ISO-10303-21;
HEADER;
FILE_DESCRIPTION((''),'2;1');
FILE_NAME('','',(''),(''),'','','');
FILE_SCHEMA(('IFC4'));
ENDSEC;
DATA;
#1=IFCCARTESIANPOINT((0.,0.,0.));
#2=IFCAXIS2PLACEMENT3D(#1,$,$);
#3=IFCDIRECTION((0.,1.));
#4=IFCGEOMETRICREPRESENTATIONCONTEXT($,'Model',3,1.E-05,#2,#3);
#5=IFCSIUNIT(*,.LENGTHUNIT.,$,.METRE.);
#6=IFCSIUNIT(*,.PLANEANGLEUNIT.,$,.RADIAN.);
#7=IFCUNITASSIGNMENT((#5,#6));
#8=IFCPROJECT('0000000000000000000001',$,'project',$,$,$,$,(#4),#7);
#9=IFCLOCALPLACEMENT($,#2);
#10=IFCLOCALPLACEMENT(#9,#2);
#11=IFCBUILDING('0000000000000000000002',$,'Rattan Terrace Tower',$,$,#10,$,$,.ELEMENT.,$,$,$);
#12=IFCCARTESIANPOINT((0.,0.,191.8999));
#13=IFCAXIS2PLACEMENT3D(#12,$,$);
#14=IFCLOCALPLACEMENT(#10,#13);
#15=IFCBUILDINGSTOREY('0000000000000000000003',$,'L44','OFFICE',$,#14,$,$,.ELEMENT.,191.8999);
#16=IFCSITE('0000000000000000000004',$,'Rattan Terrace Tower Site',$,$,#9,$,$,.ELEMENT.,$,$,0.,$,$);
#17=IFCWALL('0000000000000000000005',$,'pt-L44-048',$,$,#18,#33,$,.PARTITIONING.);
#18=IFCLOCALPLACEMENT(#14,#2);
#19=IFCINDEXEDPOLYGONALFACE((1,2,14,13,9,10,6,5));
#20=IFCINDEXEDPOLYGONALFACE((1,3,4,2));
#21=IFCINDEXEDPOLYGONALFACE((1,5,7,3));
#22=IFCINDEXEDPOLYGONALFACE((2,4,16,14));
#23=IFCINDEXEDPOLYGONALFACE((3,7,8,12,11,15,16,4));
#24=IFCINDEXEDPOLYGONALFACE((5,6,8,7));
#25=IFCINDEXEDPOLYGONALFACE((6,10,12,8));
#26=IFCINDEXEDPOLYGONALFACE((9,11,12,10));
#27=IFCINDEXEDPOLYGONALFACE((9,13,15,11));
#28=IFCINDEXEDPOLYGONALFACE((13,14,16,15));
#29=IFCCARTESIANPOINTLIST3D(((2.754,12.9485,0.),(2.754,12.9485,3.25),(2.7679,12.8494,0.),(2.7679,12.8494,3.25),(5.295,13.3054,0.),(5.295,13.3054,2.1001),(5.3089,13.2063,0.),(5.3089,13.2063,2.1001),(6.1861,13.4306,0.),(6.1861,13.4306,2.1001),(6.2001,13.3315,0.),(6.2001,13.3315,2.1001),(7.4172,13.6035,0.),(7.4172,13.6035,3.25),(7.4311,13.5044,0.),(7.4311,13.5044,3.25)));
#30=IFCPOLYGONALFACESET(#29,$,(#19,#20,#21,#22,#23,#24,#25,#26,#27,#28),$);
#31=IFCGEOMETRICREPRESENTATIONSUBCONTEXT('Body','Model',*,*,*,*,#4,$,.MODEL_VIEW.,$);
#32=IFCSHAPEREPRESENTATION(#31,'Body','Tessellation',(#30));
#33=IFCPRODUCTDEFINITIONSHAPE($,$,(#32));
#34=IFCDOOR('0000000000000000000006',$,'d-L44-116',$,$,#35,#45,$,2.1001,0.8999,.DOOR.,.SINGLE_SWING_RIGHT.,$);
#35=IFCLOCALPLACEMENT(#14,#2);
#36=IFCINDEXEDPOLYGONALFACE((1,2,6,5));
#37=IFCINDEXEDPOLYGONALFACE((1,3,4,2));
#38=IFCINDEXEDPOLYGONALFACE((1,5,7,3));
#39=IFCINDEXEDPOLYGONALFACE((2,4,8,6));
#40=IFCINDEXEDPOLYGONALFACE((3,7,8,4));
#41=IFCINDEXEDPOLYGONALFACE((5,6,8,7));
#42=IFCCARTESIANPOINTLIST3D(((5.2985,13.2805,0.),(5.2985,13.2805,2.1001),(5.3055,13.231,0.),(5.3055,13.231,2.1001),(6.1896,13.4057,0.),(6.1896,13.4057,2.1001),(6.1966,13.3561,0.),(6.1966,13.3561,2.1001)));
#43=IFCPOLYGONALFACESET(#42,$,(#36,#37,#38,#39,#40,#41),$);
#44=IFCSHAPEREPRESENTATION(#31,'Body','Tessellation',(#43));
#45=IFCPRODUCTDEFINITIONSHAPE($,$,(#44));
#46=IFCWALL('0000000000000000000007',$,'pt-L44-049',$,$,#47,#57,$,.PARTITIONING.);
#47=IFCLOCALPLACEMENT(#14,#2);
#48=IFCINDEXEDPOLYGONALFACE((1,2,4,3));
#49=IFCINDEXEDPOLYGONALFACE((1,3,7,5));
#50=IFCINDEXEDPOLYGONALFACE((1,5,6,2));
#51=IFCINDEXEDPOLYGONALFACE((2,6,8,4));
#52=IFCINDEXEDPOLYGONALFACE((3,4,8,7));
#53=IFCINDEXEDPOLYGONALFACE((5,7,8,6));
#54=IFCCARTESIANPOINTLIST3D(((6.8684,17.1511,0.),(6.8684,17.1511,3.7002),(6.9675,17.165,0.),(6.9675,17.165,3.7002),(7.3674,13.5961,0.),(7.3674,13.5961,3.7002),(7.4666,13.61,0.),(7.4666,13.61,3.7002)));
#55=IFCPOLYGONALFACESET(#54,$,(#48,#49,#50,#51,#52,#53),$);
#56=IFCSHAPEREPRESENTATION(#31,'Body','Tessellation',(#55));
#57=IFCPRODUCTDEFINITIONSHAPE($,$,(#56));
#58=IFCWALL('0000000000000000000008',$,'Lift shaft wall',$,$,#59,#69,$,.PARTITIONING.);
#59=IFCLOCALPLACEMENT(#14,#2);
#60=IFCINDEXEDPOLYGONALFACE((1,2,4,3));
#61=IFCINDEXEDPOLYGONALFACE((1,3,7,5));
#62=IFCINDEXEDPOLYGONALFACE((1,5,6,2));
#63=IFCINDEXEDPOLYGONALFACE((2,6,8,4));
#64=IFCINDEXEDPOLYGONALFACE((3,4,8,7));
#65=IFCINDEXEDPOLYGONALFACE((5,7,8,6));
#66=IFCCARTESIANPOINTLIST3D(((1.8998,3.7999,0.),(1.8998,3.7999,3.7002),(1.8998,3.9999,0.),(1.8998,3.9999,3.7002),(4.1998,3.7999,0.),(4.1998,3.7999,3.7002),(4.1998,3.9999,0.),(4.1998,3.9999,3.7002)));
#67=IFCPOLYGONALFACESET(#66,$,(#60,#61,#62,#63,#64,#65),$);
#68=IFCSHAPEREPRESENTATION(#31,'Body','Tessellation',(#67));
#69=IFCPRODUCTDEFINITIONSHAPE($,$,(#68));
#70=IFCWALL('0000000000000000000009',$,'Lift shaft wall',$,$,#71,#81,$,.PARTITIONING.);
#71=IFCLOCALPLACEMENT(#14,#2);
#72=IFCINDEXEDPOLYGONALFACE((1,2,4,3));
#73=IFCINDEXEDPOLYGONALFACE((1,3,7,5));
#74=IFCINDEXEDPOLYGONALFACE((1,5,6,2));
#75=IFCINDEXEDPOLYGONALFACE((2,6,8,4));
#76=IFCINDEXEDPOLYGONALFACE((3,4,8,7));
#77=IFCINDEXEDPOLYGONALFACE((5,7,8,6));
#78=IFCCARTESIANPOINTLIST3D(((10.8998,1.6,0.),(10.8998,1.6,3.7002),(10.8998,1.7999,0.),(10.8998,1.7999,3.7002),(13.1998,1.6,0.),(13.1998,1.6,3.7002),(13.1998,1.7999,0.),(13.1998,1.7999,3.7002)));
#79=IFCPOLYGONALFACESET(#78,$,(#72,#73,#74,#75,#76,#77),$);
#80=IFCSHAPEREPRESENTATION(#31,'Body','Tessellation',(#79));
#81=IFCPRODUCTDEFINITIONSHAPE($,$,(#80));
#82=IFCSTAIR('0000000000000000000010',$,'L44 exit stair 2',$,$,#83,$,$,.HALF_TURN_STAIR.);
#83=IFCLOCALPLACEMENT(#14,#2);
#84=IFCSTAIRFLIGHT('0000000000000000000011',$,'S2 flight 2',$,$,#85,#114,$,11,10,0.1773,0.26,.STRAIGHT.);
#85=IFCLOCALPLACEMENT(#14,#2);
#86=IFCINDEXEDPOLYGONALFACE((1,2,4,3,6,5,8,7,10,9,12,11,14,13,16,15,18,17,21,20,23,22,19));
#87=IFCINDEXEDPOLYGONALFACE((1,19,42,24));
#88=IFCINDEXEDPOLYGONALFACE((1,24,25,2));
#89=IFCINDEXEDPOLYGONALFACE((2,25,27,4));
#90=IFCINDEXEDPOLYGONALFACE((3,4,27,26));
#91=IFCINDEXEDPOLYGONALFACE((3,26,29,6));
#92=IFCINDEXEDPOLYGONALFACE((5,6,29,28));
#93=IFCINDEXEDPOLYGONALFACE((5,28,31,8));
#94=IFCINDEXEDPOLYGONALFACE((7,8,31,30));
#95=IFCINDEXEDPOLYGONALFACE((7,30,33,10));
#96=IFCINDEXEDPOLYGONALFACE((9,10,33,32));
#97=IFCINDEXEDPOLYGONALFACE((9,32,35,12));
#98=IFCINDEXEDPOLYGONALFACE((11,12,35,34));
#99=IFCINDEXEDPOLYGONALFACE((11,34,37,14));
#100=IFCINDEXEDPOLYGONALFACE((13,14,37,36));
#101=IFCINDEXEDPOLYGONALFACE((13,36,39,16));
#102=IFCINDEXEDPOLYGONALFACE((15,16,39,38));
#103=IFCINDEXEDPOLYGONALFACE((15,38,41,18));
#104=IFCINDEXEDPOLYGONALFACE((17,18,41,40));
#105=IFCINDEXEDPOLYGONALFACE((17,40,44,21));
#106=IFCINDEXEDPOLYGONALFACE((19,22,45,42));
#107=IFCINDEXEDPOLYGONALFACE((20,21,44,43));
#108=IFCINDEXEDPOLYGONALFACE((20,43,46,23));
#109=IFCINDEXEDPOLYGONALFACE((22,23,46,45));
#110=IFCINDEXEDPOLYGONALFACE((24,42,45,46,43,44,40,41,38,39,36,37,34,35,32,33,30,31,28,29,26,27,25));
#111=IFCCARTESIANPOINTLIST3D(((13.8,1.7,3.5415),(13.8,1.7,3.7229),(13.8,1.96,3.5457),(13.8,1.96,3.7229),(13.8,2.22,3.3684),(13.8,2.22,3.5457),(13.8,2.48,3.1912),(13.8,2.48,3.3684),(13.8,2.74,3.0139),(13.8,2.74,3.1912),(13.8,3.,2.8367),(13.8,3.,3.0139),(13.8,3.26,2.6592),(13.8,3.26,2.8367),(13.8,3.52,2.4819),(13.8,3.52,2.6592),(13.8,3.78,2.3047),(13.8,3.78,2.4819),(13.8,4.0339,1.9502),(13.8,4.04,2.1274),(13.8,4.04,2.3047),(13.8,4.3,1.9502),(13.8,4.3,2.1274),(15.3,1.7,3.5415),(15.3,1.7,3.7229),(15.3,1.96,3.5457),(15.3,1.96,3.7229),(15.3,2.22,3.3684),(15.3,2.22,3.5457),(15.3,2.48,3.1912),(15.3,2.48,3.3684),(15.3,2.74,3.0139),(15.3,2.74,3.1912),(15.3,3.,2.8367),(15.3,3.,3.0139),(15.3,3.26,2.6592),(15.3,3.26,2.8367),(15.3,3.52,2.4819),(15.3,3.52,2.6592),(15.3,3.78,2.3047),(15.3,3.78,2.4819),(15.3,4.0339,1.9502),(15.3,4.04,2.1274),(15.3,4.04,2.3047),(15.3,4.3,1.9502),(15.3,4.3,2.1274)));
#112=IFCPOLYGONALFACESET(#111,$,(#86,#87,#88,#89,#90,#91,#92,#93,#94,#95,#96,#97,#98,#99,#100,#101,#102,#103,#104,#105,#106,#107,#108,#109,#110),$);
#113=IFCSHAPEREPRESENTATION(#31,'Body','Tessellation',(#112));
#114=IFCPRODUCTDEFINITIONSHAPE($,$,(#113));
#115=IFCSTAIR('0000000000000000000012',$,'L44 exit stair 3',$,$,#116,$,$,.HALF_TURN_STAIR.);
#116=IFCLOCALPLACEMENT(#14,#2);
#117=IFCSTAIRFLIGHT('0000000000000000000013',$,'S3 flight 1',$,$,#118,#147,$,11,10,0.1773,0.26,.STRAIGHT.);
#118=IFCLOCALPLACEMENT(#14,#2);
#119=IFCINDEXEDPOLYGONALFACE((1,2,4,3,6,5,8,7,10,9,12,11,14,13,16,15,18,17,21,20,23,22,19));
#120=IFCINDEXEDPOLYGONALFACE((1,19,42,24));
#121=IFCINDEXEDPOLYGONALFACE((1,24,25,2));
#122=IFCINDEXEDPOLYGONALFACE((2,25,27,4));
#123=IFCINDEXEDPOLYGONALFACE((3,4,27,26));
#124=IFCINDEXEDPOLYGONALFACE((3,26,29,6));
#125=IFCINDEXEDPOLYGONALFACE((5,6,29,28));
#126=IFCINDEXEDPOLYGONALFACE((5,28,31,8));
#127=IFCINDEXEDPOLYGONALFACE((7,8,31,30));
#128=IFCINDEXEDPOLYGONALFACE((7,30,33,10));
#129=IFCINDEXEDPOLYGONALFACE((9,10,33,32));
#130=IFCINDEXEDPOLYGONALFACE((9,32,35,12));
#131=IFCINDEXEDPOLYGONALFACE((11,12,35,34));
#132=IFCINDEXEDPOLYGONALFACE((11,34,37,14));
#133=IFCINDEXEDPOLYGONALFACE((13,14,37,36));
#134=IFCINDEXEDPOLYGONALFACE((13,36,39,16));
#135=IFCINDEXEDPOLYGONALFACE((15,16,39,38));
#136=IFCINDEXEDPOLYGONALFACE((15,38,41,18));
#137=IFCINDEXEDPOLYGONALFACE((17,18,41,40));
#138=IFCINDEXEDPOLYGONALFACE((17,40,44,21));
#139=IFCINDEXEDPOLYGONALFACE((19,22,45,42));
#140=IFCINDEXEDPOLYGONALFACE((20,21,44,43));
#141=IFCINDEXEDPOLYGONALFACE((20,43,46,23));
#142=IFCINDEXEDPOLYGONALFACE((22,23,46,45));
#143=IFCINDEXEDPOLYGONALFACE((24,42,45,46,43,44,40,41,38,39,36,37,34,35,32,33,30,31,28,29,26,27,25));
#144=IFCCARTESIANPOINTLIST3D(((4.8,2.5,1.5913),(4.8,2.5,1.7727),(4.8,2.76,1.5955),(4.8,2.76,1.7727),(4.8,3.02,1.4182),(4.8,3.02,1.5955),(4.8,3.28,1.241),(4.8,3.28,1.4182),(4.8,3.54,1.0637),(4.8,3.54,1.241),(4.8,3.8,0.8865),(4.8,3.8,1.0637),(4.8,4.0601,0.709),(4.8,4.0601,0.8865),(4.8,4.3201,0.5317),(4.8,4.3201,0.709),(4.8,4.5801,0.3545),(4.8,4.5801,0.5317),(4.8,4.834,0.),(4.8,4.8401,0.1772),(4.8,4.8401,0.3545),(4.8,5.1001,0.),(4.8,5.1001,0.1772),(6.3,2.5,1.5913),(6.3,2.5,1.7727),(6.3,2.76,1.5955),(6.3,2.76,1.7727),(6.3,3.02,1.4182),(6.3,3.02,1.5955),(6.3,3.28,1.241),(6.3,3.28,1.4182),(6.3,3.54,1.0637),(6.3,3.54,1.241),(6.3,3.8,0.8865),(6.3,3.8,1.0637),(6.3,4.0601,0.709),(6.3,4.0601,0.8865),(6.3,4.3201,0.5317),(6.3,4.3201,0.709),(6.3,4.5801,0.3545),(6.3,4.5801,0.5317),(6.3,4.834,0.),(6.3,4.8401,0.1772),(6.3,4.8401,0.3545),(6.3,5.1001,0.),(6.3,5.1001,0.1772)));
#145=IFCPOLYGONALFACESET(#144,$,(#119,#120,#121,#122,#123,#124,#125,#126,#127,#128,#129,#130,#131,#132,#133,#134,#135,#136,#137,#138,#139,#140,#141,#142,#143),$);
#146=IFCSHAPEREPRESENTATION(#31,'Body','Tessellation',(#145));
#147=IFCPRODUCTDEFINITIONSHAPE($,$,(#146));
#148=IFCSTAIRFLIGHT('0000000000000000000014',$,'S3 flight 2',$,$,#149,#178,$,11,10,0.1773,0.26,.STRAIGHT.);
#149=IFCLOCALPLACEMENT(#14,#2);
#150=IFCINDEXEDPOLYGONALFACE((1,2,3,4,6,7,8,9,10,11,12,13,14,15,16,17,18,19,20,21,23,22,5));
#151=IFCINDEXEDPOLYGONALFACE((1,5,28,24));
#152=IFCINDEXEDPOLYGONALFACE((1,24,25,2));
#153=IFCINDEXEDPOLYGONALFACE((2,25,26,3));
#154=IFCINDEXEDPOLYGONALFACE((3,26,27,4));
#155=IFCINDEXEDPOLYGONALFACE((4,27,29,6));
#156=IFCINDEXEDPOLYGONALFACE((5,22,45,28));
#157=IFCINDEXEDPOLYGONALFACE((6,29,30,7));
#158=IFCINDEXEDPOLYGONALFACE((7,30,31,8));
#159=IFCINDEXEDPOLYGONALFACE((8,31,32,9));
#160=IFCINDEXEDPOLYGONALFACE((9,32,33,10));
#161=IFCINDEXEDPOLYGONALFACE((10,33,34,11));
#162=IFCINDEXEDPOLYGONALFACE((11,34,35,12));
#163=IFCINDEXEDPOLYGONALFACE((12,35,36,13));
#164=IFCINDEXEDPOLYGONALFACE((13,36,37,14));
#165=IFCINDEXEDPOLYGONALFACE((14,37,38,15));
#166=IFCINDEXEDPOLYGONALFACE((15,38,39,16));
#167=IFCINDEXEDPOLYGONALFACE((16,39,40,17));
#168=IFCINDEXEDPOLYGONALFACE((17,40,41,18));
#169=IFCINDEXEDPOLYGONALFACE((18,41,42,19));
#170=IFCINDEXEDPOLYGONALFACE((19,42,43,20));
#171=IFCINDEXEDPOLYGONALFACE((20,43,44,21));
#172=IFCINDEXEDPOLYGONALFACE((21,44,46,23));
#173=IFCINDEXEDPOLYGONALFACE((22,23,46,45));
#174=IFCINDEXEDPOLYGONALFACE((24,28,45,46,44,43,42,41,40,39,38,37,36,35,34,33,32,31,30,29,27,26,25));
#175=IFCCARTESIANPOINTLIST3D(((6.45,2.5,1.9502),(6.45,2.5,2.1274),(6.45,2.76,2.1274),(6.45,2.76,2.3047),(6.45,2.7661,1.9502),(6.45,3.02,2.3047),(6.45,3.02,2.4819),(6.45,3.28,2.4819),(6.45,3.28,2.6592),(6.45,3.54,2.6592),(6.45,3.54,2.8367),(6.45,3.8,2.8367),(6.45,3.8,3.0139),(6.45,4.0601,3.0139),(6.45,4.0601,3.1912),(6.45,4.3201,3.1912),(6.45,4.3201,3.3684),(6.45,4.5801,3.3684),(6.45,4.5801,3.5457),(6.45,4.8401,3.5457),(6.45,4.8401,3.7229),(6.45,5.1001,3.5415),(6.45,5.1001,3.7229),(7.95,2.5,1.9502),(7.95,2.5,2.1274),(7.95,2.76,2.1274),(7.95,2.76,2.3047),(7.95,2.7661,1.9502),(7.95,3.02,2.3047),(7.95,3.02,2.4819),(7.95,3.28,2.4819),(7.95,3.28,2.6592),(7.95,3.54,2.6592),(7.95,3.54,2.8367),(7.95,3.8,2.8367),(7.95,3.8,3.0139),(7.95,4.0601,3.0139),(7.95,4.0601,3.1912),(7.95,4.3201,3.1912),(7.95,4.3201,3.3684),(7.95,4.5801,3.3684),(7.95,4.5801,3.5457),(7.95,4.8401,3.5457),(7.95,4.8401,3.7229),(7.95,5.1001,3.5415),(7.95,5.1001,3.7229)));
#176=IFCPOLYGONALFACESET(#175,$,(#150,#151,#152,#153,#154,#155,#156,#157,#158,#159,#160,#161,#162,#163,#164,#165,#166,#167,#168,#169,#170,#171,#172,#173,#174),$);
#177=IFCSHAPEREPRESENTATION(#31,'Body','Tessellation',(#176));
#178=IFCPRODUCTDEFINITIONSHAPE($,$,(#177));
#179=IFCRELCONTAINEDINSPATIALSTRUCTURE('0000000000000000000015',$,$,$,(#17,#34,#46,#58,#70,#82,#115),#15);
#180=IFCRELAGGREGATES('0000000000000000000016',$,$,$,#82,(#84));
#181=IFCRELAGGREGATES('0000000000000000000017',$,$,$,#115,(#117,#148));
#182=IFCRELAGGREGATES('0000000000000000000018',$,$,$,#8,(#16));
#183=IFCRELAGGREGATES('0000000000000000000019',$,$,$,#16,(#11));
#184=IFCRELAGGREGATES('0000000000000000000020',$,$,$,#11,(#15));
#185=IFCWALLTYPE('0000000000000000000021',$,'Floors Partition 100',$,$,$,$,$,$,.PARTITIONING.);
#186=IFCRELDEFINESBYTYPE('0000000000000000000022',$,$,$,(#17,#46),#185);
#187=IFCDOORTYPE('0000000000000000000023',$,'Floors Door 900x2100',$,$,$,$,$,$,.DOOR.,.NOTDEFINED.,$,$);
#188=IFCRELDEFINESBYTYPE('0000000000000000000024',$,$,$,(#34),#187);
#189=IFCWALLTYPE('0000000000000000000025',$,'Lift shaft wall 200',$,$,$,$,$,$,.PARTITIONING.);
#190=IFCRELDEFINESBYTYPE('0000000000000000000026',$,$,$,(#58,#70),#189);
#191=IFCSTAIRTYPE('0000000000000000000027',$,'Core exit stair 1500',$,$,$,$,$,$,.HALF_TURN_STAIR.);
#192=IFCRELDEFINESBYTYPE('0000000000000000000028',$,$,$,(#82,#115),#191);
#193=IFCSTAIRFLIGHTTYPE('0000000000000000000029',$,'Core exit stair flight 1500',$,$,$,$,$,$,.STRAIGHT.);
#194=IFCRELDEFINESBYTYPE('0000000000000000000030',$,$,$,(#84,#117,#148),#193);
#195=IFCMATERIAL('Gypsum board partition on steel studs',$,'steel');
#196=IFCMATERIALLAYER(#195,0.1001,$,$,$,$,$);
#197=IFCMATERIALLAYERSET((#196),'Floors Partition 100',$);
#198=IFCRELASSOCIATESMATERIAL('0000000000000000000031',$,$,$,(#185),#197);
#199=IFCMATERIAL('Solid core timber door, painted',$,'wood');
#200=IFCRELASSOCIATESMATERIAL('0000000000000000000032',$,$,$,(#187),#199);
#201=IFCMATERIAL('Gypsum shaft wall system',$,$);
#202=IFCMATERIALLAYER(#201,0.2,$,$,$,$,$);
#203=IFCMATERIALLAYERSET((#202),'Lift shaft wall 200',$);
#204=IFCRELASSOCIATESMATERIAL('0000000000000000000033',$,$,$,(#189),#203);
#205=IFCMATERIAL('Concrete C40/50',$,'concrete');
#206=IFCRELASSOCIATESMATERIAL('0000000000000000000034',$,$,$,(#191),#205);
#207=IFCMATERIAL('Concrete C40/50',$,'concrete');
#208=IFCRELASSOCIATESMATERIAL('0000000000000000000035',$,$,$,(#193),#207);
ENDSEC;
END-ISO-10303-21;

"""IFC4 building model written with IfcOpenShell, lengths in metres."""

from ifc_helpers import new_model, si_unit, direction, frame, frame_2d, origin, place, context, subcontext, project, spatial, polyline, rectangle, outline, extrude, material, layer, layer_set, type_object, element, fill, aggregate, save


model = new_model("IFC4")

# Units and contexts
model_context = context("Model", 3, precision=1e-05, world=origin(), true_north=direction((0.0, 1.0)))
body_context = subcontext(model_context, "Body", "Model", "MODEL_VIEW")
ifc_project = project(units=[si_unit("LENGTHUNIT", "METRE"), si_unit("PLANEANGLEUNIT", "RADIAN")], contexts=[model_context])

# Site, building, storey
site_placement = place(None, origin())
site = spatial("IfcSite", under=ifc_project, at=site_placement, Name="Rattan Terrace Tower Site", CompositionType="ELEMENT", RefElevation=0.0)
building_placement = place(site_placement, origin())
building = spatial("IfcBuilding", under=site, at=building_placement, Name="Rattan Terrace Tower", CompositionType="ELEMENT")
storey_placement = place(building_placement, frame((0.0, 0.0, 191.8999)))
storey = spatial("IfcBuildingStorey", under=building, at=storey_placement, Name="L44", Description="OFFICE", CompositionType="ELEMENT", Elevation=191.8999)

# Wall, opening, door
ifc_material_1 = material(Name="Gypsum board partition on steel studs", Category="steel")
ifc_layer_1 = layer(ifc_material_1, 0.1001)
ifc_layer_set_1 = layer_set([ifc_layer_1], Name="Floors Partition 100")
wall_type_1 = type_object("IfcWallType", Name="Floors Partition 100", PredefinedType="PARTITIONING", material=ifc_layer_set_1)
wall_1_placement = place(storey_placement, frame((2.761, 12.8989, 0.0), z_axis=(0.0, 0.0, 1.0), x_axis=(0.990278, 0.139105, 0.0)))
wall_1 = element("IfcWall", 1, at=wall_1_placement, inside=storey, type_object=wall_type_1, Name="pt-L44-048", PredefinedType="PARTITIONING", context=body_context, shape_type="SweptSolid", body=[
    extrude(rectangle(XDim=4.709, YDim=0.1001, at=frame_2d((2.3545, 0.0))), origin(), (0.0, 0.0, 1.0), 3.25),
])
opening_placement = place(wall_1_placement, frame((2.5659, 0.0, 0.0)))
opening = element("IfcOpeningElement", 2, at=opening_placement, cuts=wall_1, PredefinedType="OPENING", context=body_context, shape_type="SweptSolid", body=[
    extrude(rectangle(XDim=0.8999, YDim=2.1001, at=frame_2d((0.45, 1.05))), frame((0.0, 0.0605, 0.0), z_axis=(0.0, -1.0, 0.0), x_axis=(1.0, 0.0, 0.0)), (0.0, 0.0, 1.0), 0.1211),
])
ifc_material_2 = material(Name="Solid core timber door, painted", Category="wood")
door_type = type_object("IfcDoorType", Name="Floors Door 900x2100", OperationType="NOTDEFINED", PredefinedType="DOOR", material=ifc_material_2)
door_placement = place(opening_placement, origin())
door = element("IfcDoor", 3, at=door_placement, inside=storey, type_object=door_type, Name="d-L44-116", OperationType="SINGLE_SWING_RIGHT", OverallHeight=2.1001, OverallWidth=0.8999, PredefinedType="DOOR", context=body_context, shape_type="SweptSolid", body=[
    extrude(rectangle(XDim=0.8999, YDim=2.1001, at=frame_2d((0.45, 1.05))), frame((0.0, 0.0249, 0.0), z_axis=(0.0, -1.0, 0.0), x_axis=(1.0, 0.0, 0.0)), (0.0, 0.0, 1.0), 0.05),
])
fill(opening, door)

# Walls
wall_2_placement = place(storey_placement, frame((7.417, 13.603, 0.0), z_axis=(0.0, 0.0, 1.0), x_axis=(-0.139012, 0.990291, 0.0)))
element("IfcWall", 4, at=wall_2_placement, inside=storey, type_object=wall_type_1, Name="pt-L44-049", PredefinedType="PARTITIONING", context=body_context, shape_type="SweptSolid", body=[
    extrude(rectangle(XDim=3.5898, YDim=0.1001, at=frame_2d((1.7949, 0.0))), origin(), (0.0, 0.0, 1.0), 3.7002),
])
ifc_material_3 = material(Name="Gypsum shaft wall system")
ifc_layer_2 = layer(ifc_material_3, 0.2)
ifc_layer_set_2 = layer_set([ifc_layer_2], Name="Lift shaft wall 200")
wall_type_2 = type_object("IfcWallType", Name="Lift shaft wall 200", PredefinedType="PARTITIONING", material=ifc_layer_set_2)
for number, where, z_axis, x_axis, name in (
    (5, (1.8999, 3.8999, 0.0), (0.0, 0.0, 1.0), (1.0, 0.0, 0.0), "Lift shaft wall"),
    (6, (10.8999, 1.7, 0.0), (0.0, 0.0, 1.0), (1.0, 0.0, 0.0), "Lift shaft wall"),
):
    element("IfcWall", number, at=place(storey_placement, frame(where, z_axis=z_axis, x_axis=x_axis)), inside=storey, type_object=wall_type_2, Name=name, PredefinedType="PARTITIONING", context=body_context, shape_type="SweptSolid", body=[
        extrude(rectangle(XDim=2.3, YDim=0.2, at=frame_2d((1.1499, 0.0))), origin(), (0.0, 0.0, 1.0), 3.7002),
    ])

# Stair, stair flight
ifc_material_4 = material(Name="Concrete C40/50", Category="concrete")
stair_type = type_object("IfcStairType", Name="Core exit stair 1500", PredefinedType="HALF_TURN_STAIR", material=ifc_material_4)
stair_1_placement = place(storey_placement, origin())
stair_1 = element("IfcStair", 7, at=stair_1_placement, inside=storey, type_object=stair_type, Name="L44 exit stair 2", PredefinedType="HALF_TURN_STAIR")
ifc_material_5 = material(Name="Concrete C40/50", Category="concrete")
stair_flight_type = type_object("IfcStairFlightType", Name="Core exit stair flight 1500", PredefinedType="STRAIGHT", material=ifc_material_5)
stair_flight_1_placement = place(storey_placement, frame((14.55, 4.3, 1.9502), z_axis=(0.0, 0.0, 1.0), x_axis=(0.0, -1.0, 0.0)))
stair_flight_1 = element("IfcStairFlight", 8, at=stair_flight_1_placement, type_object=stair_flight_type, Name="S2 flight 2", NumberOfRisers=11, NumberOfTreads=10, PredefinedType="STRAIGHT", RiserHeight=0.1773, TreadLength=0.26, context=body_context, shape_type="SweptSolid", body=[
    extrude(outline(polyline([(0.0, 0.0), (0.0, 0.1772), (0.26, 0.1772), (0.26, 0.3545), (0.52, 0.3545), (0.52, 0.5317), (0.78, 0.5317), (0.78, 0.709), (1.04, 0.709), (1.04, 0.8865), (1.3, 0.8865), (1.3, 1.0637), (1.5601, 1.0637), (1.5601, 1.241), (1.8201, 1.241), (1.8201, 1.4182), (2.0801, 1.4182), (2.0801, 1.5955), (2.3401, 1.5955), (2.3401, 1.7727), (2.6001, 1.7727), (2.6001, 1.95), (2.6001, 1.5913), (0.2661, 0.0), (0.0, 0.0)])), frame((0.0, 0.75, 0.0), z_axis=(0.0, -1.0, 0.0), x_axis=(1.0, 0.0, 0.0)), (0.0, 0.0, 1.0), 1.5),
])
aggregate(stair_1, [stair_flight_1])

# Stair, stair flights
stair_2_placement = place(storey_placement, origin())
stair_2 = element("IfcStair", 9, at=stair_2_placement, inside=storey, type_object=stair_type, Name="L44 exit stair 3", PredefinedType="HALF_TURN_STAIR")
stair_flight_2_placement = place(storey_placement, frame((5.55, 5.1001, 0.0), z_axis=(0.0, 0.0, 1.0), x_axis=(0.0, -1.0, 0.0)))
stair_flight_2 = element("IfcStairFlight", 10, at=stair_flight_2_placement, type_object=stair_flight_type, Name="S3 flight 1", NumberOfRisers=11, NumberOfTreads=10, PredefinedType="STRAIGHT", RiserHeight=0.1773, TreadLength=0.26, context=body_context, shape_type="SweptSolid", body=[
    extrude(outline(polyline([(0.0, 0.0), (0.0, 0.1772), (0.26, 0.1772), (0.26, 0.3545), (0.52, 0.3545), (0.52, 0.5317), (0.78, 0.5317), (0.78, 0.709), (1.04, 0.709), (1.04, 0.8865), (1.3, 0.8865), (1.3, 1.0637), (1.5601, 1.0637), (1.5601, 1.241), (1.8201, 1.241), (1.8201, 1.4182), (2.0801, 1.4182), (2.0801, 1.5955), (2.3401, 1.5955), (2.3401, 1.7727), (2.6001, 1.7727), (2.6001, 1.95), (2.6001, 1.5913), (0.2661, 0.0), (0.0, 0.0)])), frame((0.0, 0.75, 0.0), z_axis=(0.0, -1.0, 0.0), x_axis=(1.0, 0.0, 0.0)), (0.0, 0.0, 1.0), 1.5),
])
stair_flight_3_placement = place(storey_placement, frame((7.2, 2.5, 1.9502), z_axis=(0.0, 0.0, 1.0), x_axis=(0.0, 1.0, 0.0)))
stair_flight_3 = element("IfcStairFlight", 11, at=stair_flight_3_placement, type_object=stair_flight_type, Name="S3 flight 2", NumberOfRisers=11, NumberOfTreads=10, PredefinedType="STRAIGHT", RiserHeight=0.1773, TreadLength=0.26, context=body_context, shape_type="SweptSolid", body=[
    extrude(outline(polyline([(0.0, 0.0), (0.0, 0.1772), (0.26, 0.1772), (0.26, 0.3545), (0.52, 0.3545), (0.52, 0.5317), (0.78, 0.5317), (0.78, 0.709), (1.04, 0.709), (1.04, 0.8865), (1.3, 0.8865), (1.3, 1.0637), (1.5601, 1.0637), (1.5601, 1.241), (1.8201, 1.241), (1.8201, 1.4182), (2.0801, 1.4182), (2.0801, 1.5955), (2.3401, 1.5955), (2.3401, 1.7727), (2.6001, 1.7727), (2.6001, 1.95), (2.6001, 1.5913), (0.2661, 0.0), (0.0, 0.0)])), frame((0.0, 0.75, 0.0), z_axis=(0.0, -1.0, 0.0), x_axis=(1.0, 0.0, 0.0)), (0.0, 0.0, 1.0), 1.5),
])
aggregate(stair_2, [stair_flight_2, stair_flight_3])

save(model, "model.ifc")
